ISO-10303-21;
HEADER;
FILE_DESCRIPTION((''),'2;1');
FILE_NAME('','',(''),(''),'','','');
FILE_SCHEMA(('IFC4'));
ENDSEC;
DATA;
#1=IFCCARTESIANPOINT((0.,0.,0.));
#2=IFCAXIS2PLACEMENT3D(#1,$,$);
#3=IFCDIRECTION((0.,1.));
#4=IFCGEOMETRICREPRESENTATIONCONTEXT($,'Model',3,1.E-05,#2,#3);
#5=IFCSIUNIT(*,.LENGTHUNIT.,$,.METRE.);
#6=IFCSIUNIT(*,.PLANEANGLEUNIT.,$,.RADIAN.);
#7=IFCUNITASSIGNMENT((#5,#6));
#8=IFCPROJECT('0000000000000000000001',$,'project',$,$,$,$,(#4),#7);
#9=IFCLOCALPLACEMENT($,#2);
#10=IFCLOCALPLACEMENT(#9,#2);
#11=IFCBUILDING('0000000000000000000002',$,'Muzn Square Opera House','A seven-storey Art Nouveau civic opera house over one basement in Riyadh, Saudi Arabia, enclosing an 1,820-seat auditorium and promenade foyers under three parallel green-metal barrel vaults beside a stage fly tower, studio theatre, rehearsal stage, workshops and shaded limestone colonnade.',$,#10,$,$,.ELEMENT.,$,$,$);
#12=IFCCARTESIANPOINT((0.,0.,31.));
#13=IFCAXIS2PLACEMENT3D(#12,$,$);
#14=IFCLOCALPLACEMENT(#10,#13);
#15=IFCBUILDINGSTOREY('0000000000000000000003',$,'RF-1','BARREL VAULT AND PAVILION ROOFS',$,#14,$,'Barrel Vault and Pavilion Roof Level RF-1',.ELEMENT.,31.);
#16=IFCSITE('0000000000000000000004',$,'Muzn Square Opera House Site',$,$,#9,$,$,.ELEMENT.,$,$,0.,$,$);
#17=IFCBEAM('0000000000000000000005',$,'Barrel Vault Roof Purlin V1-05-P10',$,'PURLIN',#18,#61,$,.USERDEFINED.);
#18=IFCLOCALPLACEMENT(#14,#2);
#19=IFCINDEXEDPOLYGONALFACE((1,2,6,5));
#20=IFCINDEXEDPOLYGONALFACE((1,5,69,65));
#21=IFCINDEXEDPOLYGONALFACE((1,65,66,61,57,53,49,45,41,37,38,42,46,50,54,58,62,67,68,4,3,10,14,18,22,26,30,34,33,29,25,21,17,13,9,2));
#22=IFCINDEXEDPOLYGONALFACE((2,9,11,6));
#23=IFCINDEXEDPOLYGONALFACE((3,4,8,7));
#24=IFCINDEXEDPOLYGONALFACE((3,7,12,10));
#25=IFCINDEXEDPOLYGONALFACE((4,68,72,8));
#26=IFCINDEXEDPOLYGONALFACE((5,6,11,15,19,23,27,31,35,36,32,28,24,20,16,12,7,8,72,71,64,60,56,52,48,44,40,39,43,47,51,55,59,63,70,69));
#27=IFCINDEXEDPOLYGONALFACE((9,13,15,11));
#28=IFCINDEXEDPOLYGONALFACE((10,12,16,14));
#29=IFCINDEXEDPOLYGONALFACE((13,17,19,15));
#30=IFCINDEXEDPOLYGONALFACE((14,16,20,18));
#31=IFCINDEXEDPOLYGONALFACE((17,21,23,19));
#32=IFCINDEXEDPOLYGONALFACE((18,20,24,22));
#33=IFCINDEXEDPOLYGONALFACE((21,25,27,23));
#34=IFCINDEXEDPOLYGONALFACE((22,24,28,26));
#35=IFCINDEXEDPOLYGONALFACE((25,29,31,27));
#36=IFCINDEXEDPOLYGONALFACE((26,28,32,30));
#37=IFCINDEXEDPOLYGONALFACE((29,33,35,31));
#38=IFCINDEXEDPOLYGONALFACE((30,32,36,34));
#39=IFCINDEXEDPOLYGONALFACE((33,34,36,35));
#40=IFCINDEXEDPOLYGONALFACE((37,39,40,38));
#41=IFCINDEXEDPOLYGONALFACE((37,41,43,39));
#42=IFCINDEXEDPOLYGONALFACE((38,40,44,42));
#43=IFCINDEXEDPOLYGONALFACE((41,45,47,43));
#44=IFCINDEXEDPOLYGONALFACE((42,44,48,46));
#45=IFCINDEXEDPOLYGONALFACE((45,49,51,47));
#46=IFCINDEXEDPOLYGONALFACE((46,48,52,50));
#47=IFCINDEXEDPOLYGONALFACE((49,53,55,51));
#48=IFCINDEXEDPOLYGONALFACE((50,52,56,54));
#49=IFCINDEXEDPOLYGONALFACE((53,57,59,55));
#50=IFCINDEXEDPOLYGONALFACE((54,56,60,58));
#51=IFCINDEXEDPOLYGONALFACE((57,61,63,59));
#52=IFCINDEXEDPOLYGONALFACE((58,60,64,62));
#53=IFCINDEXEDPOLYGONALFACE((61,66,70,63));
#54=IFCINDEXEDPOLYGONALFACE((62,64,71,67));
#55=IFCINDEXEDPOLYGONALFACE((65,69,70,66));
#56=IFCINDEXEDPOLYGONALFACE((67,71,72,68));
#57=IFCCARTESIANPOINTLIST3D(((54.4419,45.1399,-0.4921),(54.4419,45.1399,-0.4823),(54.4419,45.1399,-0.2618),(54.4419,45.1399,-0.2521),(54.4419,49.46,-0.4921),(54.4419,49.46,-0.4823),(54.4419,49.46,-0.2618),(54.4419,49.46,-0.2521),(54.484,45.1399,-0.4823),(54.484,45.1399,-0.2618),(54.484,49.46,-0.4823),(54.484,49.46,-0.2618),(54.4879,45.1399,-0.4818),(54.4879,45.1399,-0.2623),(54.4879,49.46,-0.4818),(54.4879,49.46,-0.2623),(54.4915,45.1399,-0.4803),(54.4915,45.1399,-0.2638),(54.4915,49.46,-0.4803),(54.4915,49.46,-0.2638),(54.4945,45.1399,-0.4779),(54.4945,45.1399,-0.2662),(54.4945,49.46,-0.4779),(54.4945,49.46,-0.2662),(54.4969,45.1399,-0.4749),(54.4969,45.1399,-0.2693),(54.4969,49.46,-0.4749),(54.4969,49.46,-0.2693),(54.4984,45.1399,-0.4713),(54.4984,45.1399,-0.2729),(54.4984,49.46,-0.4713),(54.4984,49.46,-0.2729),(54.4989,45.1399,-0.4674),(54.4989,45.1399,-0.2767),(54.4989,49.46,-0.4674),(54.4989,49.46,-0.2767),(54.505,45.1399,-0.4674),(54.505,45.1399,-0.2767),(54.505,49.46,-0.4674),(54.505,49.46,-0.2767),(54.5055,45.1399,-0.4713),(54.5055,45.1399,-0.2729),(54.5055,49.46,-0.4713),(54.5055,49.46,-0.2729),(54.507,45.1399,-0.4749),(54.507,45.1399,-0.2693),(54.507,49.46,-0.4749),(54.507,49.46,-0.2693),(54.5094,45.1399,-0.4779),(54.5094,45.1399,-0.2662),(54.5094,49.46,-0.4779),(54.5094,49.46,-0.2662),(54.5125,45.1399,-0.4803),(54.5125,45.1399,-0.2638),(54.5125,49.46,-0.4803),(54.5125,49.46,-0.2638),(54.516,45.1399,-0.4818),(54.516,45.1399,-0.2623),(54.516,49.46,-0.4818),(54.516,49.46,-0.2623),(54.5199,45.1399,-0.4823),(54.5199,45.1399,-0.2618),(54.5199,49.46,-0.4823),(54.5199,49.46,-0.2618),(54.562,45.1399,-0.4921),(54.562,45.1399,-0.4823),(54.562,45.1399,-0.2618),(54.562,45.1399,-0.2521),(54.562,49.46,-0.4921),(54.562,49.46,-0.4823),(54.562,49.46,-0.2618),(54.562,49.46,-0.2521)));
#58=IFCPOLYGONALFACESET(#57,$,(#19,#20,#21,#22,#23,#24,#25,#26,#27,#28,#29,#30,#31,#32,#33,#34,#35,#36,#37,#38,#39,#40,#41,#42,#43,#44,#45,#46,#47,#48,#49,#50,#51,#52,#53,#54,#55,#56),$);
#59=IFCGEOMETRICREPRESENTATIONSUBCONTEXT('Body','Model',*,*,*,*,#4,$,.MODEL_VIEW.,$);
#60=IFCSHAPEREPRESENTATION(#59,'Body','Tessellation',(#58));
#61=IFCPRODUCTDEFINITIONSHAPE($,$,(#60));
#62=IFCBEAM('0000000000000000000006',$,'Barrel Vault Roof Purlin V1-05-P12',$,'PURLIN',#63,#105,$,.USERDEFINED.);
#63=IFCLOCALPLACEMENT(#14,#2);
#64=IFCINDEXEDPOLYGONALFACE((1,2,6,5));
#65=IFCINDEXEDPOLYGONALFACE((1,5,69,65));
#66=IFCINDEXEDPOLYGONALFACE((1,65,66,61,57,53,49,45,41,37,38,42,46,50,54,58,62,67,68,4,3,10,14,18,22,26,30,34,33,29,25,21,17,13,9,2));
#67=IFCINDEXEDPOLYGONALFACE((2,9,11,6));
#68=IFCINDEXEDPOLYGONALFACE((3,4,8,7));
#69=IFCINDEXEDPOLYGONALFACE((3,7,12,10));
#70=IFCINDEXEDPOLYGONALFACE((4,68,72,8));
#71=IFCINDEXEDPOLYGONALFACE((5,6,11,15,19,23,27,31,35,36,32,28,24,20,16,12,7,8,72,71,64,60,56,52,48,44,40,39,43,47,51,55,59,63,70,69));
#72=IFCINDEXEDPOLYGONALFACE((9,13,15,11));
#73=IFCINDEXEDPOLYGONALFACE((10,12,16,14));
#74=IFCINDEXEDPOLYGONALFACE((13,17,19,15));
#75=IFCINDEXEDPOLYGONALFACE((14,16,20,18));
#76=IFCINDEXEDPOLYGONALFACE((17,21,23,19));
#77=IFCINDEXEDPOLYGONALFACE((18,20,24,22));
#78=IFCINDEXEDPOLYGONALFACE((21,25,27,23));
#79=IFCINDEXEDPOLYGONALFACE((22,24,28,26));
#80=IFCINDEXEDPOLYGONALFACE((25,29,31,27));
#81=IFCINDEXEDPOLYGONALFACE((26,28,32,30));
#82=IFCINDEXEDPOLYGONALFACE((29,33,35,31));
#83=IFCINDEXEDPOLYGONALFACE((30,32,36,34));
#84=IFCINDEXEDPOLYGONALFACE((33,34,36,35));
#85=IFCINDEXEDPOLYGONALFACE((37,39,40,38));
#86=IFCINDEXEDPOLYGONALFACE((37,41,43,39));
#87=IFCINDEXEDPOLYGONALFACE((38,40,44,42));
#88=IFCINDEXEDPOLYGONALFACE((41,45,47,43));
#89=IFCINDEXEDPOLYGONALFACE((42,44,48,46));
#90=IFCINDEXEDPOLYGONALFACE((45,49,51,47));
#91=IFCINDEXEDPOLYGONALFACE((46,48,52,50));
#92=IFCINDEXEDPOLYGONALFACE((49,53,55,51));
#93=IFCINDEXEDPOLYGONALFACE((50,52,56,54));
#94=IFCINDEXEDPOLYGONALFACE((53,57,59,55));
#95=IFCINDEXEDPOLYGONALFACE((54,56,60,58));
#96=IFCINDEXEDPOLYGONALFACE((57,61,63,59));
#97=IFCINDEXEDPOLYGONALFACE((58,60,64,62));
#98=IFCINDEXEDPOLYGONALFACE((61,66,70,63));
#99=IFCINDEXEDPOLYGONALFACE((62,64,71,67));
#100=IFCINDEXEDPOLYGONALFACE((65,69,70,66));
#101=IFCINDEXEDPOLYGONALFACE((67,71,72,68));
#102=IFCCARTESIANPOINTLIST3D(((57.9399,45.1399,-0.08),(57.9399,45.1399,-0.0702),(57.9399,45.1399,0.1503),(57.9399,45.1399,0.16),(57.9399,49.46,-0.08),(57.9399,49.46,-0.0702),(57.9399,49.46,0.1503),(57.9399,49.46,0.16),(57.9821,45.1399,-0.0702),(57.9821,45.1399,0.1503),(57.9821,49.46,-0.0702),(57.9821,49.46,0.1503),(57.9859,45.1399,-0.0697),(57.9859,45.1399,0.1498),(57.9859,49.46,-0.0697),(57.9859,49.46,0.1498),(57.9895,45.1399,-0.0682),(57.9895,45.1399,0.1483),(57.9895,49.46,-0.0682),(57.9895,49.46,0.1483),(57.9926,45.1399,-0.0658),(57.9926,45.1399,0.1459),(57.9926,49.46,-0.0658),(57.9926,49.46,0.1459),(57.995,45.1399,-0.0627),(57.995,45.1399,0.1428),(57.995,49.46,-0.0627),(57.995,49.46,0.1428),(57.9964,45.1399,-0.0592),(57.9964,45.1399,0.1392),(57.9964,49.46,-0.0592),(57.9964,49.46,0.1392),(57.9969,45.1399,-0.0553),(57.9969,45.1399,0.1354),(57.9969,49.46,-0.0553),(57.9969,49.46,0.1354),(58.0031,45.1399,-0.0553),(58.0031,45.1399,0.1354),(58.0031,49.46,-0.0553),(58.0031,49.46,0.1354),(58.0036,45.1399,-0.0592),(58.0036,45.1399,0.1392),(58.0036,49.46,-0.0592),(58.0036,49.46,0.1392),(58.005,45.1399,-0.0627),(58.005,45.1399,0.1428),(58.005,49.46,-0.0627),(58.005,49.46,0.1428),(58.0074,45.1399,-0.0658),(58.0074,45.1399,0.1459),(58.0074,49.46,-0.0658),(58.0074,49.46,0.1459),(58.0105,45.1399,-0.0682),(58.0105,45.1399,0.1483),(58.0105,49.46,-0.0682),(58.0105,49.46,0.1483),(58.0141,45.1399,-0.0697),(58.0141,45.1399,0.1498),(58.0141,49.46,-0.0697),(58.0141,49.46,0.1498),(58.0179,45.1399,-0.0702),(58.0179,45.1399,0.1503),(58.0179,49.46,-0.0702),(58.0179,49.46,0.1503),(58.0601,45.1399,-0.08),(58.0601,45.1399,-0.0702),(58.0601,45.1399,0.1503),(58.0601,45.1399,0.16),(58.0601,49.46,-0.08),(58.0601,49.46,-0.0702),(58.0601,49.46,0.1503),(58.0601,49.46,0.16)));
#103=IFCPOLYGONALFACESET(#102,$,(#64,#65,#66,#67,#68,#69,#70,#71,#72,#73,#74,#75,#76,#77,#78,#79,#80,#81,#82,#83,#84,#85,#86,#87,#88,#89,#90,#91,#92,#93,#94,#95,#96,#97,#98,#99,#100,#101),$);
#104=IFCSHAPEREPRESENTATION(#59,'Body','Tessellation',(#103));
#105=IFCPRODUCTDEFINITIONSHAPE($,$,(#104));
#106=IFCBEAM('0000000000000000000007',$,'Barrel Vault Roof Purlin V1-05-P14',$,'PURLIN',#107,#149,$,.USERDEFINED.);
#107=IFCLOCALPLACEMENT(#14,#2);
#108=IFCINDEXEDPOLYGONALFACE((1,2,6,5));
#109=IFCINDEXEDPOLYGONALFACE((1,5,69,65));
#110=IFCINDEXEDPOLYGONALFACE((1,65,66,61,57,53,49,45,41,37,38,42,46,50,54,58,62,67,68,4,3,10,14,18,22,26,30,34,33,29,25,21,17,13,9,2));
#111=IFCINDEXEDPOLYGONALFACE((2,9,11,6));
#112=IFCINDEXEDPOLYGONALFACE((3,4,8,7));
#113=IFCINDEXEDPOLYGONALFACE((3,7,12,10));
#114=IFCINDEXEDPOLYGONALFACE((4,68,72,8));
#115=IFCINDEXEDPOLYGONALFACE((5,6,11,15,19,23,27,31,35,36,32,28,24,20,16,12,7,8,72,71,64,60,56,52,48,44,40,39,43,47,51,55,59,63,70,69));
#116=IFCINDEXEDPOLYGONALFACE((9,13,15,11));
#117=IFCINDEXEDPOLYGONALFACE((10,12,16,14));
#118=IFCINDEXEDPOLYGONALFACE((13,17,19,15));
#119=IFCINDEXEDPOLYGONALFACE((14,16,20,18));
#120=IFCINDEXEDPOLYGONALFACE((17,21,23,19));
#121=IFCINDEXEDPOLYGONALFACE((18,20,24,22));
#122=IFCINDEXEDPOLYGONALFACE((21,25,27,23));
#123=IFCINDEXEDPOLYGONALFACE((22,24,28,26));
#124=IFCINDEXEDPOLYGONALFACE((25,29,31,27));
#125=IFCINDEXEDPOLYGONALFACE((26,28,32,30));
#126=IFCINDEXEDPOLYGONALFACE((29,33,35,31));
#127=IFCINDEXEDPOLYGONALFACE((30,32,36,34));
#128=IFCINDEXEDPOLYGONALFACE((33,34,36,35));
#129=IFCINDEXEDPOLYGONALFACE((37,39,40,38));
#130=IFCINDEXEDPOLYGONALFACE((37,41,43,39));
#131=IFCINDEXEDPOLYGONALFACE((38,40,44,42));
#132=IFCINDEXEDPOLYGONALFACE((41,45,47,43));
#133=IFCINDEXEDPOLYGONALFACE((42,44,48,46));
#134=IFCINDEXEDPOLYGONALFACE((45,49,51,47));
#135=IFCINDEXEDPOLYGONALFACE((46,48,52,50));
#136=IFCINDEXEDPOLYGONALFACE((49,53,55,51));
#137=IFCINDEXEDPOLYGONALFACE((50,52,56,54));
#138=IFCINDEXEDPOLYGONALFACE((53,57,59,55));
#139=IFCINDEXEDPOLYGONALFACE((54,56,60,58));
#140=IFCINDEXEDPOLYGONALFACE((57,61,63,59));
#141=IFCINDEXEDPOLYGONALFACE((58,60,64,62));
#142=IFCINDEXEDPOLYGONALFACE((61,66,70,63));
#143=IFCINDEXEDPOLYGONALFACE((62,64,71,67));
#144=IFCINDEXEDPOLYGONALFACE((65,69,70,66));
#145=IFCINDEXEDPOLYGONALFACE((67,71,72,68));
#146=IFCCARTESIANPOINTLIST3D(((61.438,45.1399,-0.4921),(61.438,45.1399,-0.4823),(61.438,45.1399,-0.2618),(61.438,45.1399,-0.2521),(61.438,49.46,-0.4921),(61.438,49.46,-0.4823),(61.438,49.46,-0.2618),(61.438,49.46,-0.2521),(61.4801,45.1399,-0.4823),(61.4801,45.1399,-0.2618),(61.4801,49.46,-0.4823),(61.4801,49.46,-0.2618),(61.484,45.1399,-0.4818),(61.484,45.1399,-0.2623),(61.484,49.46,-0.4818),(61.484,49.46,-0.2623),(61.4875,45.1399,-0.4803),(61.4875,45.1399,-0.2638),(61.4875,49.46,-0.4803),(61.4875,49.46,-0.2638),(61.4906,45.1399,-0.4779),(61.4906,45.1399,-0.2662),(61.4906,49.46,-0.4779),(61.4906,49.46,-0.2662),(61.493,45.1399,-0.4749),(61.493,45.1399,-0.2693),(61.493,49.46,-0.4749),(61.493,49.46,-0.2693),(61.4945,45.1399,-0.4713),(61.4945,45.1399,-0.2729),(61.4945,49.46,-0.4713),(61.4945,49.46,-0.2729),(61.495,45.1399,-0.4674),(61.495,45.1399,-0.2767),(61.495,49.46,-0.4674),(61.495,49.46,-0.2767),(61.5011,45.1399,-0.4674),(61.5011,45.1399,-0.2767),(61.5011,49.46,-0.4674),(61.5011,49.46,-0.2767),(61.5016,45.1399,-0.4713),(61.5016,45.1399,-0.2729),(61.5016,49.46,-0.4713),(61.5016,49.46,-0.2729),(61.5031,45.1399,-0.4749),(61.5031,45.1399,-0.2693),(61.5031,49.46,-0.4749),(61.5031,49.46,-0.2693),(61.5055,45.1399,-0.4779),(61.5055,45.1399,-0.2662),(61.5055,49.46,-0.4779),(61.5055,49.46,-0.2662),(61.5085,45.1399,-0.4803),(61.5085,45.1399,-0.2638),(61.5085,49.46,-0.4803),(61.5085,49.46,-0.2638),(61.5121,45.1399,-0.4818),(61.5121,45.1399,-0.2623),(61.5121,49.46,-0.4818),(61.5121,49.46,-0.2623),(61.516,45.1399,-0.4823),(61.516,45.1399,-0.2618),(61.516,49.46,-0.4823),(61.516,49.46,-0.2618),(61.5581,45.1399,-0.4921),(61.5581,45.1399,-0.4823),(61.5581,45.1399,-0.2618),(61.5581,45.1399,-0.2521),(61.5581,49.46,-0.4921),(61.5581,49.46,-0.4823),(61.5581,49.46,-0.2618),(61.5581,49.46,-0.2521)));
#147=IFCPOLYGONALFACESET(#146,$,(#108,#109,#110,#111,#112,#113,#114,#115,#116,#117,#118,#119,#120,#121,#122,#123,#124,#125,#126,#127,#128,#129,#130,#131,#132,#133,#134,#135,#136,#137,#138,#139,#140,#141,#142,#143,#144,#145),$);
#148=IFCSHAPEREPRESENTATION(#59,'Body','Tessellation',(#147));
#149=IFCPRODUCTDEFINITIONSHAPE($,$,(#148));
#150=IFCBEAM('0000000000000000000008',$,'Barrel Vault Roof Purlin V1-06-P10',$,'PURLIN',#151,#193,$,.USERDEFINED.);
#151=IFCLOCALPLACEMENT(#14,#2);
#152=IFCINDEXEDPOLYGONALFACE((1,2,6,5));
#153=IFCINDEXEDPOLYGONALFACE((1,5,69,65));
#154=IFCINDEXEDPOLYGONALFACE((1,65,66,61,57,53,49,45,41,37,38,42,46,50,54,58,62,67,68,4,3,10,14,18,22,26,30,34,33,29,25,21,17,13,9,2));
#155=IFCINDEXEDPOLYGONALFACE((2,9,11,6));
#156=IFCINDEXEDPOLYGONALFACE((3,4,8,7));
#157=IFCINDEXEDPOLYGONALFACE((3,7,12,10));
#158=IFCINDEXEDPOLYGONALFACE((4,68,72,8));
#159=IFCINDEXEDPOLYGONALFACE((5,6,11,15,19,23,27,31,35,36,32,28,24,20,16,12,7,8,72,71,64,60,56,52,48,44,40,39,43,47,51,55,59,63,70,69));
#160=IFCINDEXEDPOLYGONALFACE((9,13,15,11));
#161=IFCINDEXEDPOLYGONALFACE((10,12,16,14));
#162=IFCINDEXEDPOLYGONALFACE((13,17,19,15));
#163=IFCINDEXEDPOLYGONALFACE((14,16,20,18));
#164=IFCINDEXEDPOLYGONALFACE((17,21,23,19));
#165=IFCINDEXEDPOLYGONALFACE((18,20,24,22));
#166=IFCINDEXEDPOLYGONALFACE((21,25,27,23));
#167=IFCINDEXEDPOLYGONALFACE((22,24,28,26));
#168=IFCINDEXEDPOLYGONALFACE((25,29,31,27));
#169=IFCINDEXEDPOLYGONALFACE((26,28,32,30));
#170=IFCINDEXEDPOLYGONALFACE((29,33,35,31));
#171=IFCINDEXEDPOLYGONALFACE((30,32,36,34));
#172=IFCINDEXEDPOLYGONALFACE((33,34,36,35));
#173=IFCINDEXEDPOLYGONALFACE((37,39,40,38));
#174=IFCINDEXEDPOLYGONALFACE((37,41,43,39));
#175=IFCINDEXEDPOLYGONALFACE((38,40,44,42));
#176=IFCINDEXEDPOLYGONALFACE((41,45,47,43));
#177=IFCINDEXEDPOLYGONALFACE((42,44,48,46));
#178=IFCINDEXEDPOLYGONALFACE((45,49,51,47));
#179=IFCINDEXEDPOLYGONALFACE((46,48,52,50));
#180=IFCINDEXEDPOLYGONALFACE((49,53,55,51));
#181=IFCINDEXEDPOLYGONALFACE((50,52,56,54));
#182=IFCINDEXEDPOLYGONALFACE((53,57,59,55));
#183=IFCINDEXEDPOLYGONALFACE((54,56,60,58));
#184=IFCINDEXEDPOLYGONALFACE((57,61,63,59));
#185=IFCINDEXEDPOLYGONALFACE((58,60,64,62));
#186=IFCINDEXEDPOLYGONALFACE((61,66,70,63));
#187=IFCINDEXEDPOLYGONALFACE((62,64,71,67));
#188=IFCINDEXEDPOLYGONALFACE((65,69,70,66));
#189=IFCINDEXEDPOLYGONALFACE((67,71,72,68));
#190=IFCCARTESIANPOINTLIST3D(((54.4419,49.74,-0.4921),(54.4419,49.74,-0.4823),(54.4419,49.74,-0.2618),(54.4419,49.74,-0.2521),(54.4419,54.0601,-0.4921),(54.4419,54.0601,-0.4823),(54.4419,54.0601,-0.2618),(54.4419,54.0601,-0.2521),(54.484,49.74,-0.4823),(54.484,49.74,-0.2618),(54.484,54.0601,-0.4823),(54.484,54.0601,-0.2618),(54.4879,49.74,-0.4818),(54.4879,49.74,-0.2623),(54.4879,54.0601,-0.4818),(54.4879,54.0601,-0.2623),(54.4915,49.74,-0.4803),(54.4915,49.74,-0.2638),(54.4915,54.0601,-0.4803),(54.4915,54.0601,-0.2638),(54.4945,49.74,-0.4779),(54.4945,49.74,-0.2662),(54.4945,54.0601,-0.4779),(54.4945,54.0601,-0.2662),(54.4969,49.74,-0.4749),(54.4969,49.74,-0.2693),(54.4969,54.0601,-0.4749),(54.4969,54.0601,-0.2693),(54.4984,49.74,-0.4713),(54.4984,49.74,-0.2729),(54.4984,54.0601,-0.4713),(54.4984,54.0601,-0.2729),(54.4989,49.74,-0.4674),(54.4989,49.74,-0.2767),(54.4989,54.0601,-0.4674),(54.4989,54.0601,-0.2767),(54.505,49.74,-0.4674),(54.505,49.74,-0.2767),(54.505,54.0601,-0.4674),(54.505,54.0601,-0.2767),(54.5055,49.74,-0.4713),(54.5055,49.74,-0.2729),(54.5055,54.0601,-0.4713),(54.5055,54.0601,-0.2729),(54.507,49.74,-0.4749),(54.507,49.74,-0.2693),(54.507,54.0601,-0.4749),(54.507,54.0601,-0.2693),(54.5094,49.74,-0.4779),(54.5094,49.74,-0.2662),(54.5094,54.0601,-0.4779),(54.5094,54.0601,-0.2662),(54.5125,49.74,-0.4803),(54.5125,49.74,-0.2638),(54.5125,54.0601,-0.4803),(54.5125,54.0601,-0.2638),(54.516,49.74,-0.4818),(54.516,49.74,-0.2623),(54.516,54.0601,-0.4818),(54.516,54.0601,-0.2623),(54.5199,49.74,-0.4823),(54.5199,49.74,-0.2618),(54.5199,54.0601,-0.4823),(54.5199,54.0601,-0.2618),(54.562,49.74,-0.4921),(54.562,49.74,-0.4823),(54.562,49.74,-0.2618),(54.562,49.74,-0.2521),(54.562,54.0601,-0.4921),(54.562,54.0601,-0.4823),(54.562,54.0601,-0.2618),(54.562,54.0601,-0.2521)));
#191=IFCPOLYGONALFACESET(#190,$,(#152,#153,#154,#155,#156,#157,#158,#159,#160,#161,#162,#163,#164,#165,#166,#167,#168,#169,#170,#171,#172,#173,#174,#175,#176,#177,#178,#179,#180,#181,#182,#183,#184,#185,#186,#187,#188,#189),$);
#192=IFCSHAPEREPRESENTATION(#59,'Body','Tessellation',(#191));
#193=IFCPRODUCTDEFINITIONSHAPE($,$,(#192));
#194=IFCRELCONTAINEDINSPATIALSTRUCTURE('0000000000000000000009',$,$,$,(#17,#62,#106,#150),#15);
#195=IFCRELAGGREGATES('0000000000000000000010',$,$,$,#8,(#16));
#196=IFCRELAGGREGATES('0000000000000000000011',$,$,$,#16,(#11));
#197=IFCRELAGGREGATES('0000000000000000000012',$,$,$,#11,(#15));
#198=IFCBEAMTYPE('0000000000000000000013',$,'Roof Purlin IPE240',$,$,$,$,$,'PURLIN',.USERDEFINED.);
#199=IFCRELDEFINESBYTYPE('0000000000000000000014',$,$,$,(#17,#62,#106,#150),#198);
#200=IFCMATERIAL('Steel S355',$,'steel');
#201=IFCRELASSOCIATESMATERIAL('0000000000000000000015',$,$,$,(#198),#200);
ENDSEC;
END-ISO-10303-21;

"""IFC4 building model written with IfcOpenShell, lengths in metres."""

from ifc_helpers import new_model, si_unit, direction, frame, origin, origin_2d, place, context, subcontext, project, spatial, i_section, extrude, material, material_profile, profile_set, type_object, element, save


model = new_model("IFC4")

# Units and contexts
model_context = context("Model", 3, precision=1e-05, world=origin(), true_north=direction((0.0, 1.0)))
body_context = subcontext(model_context, "Body", "Model", "MODEL_VIEW")
ifc_project = project(units=[si_unit("LENGTHUNIT", "METRE"), si_unit("PLANEANGLEUNIT", "RADIAN")], contexts=[model_context])

# Site, building, storey
site_placement = place(None, origin())
site = spatial("IfcSite", under=ifc_project, at=site_placement, Name="Muzn Square Opera House Site", CompositionType="ELEMENT", RefElevation=0.0)
building_placement = place(site_placement, origin())
building = spatial("IfcBuilding", under=site, at=building_placement, Name="Muzn Square Opera House", Description="A seven-storey Art Nouveau civic opera house over one basement in Riyadh, Saudi Arabia, enclosing an 1,820-seat auditorium and promenade foyers under three parallel green-metal barrel vaults beside a stage fly tower, studio theatre, rehearsal stage, workshops and shaded limestone colonnade.", CompositionType="ELEMENT")
storey_placement = place(building_placement, frame((0.0, 0.0, 31.0)))
storey = spatial("IfcBuildingStorey", under=building, at=storey_placement, Name="RF-1", Description="BARREL VAULT AND PAVILION ROOFS", LongName="Barrel Vault and Pavilion Roof Level RF-1", CompositionType="ELEMENT", Elevation=31.0)

# Beams
ifc_material_1 = material(Name="Steel S355", Category="steel")
ifc_material_profile_1 = material_profile(ifc_material_1, i_section(OverallWidth=0.1201, OverallDepth=0.24, WebThickness=0.0061, FlangeThickness=0.0098, FilletRadius=0.0149, at=origin_2d()), Name="IPE 240", Category="steel")
ifc_profile_set_1 = profile_set([ifc_material_profile_1], Name="Steel S355")
beam_type_1 = type_object("IfcBeamType", Name="Roof Purlin IPE240", ElementType="PURLIN", PredefinedType="USERDEFINED", material=ifc_profile_set_1)
for number, where, z_axis, x_axis, name in (
    (1, (54.502, 45.1399, -0.3721), (0.0, 1.0, 0.0), (-1.0, 0.0, 0.0), "Barrel Vault Roof Purlin V1-05-P10"),
    (2, (58.0, 45.1399, 0.04), (0.0, 1.0, 0.0), (-1.0, 0.0, 0.0), "Barrel Vault Roof Purlin V1-05-P12"),
    (3, (61.498, 45.1399, -0.3721), (0.0, 1.0, 0.0), (-1.0, 0.0, 0.0), "Barrel Vault Roof Purlin V1-05-P14"),
    (4, (54.502, 49.74, -0.3721), (0.0, 1.0, 0.0), (-1.0, 0.0, 0.0), "Barrel Vault Roof Purlin V1-06-P10"),
):
    element("IfcBeam", number, at=place(storey_placement, frame(where, z_axis=z_axis, x_axis=x_axis)), inside=storey, type_object=beam_type_1, Name=name, ObjectType="PURLIN", PredefinedType="USERDEFINED", context=body_context, shape_type="SweptSolid", body=[
        extrude(i_section(OverallWidth=0.1201, OverallDepth=0.24, WebThickness=0.0061, FlangeThickness=0.0098, FilletRadius=0.0149, at=origin_2d()), origin(), (0.0, 0.0, 1.0), 4.3201),
    ])

save(model, "model.ifc")
